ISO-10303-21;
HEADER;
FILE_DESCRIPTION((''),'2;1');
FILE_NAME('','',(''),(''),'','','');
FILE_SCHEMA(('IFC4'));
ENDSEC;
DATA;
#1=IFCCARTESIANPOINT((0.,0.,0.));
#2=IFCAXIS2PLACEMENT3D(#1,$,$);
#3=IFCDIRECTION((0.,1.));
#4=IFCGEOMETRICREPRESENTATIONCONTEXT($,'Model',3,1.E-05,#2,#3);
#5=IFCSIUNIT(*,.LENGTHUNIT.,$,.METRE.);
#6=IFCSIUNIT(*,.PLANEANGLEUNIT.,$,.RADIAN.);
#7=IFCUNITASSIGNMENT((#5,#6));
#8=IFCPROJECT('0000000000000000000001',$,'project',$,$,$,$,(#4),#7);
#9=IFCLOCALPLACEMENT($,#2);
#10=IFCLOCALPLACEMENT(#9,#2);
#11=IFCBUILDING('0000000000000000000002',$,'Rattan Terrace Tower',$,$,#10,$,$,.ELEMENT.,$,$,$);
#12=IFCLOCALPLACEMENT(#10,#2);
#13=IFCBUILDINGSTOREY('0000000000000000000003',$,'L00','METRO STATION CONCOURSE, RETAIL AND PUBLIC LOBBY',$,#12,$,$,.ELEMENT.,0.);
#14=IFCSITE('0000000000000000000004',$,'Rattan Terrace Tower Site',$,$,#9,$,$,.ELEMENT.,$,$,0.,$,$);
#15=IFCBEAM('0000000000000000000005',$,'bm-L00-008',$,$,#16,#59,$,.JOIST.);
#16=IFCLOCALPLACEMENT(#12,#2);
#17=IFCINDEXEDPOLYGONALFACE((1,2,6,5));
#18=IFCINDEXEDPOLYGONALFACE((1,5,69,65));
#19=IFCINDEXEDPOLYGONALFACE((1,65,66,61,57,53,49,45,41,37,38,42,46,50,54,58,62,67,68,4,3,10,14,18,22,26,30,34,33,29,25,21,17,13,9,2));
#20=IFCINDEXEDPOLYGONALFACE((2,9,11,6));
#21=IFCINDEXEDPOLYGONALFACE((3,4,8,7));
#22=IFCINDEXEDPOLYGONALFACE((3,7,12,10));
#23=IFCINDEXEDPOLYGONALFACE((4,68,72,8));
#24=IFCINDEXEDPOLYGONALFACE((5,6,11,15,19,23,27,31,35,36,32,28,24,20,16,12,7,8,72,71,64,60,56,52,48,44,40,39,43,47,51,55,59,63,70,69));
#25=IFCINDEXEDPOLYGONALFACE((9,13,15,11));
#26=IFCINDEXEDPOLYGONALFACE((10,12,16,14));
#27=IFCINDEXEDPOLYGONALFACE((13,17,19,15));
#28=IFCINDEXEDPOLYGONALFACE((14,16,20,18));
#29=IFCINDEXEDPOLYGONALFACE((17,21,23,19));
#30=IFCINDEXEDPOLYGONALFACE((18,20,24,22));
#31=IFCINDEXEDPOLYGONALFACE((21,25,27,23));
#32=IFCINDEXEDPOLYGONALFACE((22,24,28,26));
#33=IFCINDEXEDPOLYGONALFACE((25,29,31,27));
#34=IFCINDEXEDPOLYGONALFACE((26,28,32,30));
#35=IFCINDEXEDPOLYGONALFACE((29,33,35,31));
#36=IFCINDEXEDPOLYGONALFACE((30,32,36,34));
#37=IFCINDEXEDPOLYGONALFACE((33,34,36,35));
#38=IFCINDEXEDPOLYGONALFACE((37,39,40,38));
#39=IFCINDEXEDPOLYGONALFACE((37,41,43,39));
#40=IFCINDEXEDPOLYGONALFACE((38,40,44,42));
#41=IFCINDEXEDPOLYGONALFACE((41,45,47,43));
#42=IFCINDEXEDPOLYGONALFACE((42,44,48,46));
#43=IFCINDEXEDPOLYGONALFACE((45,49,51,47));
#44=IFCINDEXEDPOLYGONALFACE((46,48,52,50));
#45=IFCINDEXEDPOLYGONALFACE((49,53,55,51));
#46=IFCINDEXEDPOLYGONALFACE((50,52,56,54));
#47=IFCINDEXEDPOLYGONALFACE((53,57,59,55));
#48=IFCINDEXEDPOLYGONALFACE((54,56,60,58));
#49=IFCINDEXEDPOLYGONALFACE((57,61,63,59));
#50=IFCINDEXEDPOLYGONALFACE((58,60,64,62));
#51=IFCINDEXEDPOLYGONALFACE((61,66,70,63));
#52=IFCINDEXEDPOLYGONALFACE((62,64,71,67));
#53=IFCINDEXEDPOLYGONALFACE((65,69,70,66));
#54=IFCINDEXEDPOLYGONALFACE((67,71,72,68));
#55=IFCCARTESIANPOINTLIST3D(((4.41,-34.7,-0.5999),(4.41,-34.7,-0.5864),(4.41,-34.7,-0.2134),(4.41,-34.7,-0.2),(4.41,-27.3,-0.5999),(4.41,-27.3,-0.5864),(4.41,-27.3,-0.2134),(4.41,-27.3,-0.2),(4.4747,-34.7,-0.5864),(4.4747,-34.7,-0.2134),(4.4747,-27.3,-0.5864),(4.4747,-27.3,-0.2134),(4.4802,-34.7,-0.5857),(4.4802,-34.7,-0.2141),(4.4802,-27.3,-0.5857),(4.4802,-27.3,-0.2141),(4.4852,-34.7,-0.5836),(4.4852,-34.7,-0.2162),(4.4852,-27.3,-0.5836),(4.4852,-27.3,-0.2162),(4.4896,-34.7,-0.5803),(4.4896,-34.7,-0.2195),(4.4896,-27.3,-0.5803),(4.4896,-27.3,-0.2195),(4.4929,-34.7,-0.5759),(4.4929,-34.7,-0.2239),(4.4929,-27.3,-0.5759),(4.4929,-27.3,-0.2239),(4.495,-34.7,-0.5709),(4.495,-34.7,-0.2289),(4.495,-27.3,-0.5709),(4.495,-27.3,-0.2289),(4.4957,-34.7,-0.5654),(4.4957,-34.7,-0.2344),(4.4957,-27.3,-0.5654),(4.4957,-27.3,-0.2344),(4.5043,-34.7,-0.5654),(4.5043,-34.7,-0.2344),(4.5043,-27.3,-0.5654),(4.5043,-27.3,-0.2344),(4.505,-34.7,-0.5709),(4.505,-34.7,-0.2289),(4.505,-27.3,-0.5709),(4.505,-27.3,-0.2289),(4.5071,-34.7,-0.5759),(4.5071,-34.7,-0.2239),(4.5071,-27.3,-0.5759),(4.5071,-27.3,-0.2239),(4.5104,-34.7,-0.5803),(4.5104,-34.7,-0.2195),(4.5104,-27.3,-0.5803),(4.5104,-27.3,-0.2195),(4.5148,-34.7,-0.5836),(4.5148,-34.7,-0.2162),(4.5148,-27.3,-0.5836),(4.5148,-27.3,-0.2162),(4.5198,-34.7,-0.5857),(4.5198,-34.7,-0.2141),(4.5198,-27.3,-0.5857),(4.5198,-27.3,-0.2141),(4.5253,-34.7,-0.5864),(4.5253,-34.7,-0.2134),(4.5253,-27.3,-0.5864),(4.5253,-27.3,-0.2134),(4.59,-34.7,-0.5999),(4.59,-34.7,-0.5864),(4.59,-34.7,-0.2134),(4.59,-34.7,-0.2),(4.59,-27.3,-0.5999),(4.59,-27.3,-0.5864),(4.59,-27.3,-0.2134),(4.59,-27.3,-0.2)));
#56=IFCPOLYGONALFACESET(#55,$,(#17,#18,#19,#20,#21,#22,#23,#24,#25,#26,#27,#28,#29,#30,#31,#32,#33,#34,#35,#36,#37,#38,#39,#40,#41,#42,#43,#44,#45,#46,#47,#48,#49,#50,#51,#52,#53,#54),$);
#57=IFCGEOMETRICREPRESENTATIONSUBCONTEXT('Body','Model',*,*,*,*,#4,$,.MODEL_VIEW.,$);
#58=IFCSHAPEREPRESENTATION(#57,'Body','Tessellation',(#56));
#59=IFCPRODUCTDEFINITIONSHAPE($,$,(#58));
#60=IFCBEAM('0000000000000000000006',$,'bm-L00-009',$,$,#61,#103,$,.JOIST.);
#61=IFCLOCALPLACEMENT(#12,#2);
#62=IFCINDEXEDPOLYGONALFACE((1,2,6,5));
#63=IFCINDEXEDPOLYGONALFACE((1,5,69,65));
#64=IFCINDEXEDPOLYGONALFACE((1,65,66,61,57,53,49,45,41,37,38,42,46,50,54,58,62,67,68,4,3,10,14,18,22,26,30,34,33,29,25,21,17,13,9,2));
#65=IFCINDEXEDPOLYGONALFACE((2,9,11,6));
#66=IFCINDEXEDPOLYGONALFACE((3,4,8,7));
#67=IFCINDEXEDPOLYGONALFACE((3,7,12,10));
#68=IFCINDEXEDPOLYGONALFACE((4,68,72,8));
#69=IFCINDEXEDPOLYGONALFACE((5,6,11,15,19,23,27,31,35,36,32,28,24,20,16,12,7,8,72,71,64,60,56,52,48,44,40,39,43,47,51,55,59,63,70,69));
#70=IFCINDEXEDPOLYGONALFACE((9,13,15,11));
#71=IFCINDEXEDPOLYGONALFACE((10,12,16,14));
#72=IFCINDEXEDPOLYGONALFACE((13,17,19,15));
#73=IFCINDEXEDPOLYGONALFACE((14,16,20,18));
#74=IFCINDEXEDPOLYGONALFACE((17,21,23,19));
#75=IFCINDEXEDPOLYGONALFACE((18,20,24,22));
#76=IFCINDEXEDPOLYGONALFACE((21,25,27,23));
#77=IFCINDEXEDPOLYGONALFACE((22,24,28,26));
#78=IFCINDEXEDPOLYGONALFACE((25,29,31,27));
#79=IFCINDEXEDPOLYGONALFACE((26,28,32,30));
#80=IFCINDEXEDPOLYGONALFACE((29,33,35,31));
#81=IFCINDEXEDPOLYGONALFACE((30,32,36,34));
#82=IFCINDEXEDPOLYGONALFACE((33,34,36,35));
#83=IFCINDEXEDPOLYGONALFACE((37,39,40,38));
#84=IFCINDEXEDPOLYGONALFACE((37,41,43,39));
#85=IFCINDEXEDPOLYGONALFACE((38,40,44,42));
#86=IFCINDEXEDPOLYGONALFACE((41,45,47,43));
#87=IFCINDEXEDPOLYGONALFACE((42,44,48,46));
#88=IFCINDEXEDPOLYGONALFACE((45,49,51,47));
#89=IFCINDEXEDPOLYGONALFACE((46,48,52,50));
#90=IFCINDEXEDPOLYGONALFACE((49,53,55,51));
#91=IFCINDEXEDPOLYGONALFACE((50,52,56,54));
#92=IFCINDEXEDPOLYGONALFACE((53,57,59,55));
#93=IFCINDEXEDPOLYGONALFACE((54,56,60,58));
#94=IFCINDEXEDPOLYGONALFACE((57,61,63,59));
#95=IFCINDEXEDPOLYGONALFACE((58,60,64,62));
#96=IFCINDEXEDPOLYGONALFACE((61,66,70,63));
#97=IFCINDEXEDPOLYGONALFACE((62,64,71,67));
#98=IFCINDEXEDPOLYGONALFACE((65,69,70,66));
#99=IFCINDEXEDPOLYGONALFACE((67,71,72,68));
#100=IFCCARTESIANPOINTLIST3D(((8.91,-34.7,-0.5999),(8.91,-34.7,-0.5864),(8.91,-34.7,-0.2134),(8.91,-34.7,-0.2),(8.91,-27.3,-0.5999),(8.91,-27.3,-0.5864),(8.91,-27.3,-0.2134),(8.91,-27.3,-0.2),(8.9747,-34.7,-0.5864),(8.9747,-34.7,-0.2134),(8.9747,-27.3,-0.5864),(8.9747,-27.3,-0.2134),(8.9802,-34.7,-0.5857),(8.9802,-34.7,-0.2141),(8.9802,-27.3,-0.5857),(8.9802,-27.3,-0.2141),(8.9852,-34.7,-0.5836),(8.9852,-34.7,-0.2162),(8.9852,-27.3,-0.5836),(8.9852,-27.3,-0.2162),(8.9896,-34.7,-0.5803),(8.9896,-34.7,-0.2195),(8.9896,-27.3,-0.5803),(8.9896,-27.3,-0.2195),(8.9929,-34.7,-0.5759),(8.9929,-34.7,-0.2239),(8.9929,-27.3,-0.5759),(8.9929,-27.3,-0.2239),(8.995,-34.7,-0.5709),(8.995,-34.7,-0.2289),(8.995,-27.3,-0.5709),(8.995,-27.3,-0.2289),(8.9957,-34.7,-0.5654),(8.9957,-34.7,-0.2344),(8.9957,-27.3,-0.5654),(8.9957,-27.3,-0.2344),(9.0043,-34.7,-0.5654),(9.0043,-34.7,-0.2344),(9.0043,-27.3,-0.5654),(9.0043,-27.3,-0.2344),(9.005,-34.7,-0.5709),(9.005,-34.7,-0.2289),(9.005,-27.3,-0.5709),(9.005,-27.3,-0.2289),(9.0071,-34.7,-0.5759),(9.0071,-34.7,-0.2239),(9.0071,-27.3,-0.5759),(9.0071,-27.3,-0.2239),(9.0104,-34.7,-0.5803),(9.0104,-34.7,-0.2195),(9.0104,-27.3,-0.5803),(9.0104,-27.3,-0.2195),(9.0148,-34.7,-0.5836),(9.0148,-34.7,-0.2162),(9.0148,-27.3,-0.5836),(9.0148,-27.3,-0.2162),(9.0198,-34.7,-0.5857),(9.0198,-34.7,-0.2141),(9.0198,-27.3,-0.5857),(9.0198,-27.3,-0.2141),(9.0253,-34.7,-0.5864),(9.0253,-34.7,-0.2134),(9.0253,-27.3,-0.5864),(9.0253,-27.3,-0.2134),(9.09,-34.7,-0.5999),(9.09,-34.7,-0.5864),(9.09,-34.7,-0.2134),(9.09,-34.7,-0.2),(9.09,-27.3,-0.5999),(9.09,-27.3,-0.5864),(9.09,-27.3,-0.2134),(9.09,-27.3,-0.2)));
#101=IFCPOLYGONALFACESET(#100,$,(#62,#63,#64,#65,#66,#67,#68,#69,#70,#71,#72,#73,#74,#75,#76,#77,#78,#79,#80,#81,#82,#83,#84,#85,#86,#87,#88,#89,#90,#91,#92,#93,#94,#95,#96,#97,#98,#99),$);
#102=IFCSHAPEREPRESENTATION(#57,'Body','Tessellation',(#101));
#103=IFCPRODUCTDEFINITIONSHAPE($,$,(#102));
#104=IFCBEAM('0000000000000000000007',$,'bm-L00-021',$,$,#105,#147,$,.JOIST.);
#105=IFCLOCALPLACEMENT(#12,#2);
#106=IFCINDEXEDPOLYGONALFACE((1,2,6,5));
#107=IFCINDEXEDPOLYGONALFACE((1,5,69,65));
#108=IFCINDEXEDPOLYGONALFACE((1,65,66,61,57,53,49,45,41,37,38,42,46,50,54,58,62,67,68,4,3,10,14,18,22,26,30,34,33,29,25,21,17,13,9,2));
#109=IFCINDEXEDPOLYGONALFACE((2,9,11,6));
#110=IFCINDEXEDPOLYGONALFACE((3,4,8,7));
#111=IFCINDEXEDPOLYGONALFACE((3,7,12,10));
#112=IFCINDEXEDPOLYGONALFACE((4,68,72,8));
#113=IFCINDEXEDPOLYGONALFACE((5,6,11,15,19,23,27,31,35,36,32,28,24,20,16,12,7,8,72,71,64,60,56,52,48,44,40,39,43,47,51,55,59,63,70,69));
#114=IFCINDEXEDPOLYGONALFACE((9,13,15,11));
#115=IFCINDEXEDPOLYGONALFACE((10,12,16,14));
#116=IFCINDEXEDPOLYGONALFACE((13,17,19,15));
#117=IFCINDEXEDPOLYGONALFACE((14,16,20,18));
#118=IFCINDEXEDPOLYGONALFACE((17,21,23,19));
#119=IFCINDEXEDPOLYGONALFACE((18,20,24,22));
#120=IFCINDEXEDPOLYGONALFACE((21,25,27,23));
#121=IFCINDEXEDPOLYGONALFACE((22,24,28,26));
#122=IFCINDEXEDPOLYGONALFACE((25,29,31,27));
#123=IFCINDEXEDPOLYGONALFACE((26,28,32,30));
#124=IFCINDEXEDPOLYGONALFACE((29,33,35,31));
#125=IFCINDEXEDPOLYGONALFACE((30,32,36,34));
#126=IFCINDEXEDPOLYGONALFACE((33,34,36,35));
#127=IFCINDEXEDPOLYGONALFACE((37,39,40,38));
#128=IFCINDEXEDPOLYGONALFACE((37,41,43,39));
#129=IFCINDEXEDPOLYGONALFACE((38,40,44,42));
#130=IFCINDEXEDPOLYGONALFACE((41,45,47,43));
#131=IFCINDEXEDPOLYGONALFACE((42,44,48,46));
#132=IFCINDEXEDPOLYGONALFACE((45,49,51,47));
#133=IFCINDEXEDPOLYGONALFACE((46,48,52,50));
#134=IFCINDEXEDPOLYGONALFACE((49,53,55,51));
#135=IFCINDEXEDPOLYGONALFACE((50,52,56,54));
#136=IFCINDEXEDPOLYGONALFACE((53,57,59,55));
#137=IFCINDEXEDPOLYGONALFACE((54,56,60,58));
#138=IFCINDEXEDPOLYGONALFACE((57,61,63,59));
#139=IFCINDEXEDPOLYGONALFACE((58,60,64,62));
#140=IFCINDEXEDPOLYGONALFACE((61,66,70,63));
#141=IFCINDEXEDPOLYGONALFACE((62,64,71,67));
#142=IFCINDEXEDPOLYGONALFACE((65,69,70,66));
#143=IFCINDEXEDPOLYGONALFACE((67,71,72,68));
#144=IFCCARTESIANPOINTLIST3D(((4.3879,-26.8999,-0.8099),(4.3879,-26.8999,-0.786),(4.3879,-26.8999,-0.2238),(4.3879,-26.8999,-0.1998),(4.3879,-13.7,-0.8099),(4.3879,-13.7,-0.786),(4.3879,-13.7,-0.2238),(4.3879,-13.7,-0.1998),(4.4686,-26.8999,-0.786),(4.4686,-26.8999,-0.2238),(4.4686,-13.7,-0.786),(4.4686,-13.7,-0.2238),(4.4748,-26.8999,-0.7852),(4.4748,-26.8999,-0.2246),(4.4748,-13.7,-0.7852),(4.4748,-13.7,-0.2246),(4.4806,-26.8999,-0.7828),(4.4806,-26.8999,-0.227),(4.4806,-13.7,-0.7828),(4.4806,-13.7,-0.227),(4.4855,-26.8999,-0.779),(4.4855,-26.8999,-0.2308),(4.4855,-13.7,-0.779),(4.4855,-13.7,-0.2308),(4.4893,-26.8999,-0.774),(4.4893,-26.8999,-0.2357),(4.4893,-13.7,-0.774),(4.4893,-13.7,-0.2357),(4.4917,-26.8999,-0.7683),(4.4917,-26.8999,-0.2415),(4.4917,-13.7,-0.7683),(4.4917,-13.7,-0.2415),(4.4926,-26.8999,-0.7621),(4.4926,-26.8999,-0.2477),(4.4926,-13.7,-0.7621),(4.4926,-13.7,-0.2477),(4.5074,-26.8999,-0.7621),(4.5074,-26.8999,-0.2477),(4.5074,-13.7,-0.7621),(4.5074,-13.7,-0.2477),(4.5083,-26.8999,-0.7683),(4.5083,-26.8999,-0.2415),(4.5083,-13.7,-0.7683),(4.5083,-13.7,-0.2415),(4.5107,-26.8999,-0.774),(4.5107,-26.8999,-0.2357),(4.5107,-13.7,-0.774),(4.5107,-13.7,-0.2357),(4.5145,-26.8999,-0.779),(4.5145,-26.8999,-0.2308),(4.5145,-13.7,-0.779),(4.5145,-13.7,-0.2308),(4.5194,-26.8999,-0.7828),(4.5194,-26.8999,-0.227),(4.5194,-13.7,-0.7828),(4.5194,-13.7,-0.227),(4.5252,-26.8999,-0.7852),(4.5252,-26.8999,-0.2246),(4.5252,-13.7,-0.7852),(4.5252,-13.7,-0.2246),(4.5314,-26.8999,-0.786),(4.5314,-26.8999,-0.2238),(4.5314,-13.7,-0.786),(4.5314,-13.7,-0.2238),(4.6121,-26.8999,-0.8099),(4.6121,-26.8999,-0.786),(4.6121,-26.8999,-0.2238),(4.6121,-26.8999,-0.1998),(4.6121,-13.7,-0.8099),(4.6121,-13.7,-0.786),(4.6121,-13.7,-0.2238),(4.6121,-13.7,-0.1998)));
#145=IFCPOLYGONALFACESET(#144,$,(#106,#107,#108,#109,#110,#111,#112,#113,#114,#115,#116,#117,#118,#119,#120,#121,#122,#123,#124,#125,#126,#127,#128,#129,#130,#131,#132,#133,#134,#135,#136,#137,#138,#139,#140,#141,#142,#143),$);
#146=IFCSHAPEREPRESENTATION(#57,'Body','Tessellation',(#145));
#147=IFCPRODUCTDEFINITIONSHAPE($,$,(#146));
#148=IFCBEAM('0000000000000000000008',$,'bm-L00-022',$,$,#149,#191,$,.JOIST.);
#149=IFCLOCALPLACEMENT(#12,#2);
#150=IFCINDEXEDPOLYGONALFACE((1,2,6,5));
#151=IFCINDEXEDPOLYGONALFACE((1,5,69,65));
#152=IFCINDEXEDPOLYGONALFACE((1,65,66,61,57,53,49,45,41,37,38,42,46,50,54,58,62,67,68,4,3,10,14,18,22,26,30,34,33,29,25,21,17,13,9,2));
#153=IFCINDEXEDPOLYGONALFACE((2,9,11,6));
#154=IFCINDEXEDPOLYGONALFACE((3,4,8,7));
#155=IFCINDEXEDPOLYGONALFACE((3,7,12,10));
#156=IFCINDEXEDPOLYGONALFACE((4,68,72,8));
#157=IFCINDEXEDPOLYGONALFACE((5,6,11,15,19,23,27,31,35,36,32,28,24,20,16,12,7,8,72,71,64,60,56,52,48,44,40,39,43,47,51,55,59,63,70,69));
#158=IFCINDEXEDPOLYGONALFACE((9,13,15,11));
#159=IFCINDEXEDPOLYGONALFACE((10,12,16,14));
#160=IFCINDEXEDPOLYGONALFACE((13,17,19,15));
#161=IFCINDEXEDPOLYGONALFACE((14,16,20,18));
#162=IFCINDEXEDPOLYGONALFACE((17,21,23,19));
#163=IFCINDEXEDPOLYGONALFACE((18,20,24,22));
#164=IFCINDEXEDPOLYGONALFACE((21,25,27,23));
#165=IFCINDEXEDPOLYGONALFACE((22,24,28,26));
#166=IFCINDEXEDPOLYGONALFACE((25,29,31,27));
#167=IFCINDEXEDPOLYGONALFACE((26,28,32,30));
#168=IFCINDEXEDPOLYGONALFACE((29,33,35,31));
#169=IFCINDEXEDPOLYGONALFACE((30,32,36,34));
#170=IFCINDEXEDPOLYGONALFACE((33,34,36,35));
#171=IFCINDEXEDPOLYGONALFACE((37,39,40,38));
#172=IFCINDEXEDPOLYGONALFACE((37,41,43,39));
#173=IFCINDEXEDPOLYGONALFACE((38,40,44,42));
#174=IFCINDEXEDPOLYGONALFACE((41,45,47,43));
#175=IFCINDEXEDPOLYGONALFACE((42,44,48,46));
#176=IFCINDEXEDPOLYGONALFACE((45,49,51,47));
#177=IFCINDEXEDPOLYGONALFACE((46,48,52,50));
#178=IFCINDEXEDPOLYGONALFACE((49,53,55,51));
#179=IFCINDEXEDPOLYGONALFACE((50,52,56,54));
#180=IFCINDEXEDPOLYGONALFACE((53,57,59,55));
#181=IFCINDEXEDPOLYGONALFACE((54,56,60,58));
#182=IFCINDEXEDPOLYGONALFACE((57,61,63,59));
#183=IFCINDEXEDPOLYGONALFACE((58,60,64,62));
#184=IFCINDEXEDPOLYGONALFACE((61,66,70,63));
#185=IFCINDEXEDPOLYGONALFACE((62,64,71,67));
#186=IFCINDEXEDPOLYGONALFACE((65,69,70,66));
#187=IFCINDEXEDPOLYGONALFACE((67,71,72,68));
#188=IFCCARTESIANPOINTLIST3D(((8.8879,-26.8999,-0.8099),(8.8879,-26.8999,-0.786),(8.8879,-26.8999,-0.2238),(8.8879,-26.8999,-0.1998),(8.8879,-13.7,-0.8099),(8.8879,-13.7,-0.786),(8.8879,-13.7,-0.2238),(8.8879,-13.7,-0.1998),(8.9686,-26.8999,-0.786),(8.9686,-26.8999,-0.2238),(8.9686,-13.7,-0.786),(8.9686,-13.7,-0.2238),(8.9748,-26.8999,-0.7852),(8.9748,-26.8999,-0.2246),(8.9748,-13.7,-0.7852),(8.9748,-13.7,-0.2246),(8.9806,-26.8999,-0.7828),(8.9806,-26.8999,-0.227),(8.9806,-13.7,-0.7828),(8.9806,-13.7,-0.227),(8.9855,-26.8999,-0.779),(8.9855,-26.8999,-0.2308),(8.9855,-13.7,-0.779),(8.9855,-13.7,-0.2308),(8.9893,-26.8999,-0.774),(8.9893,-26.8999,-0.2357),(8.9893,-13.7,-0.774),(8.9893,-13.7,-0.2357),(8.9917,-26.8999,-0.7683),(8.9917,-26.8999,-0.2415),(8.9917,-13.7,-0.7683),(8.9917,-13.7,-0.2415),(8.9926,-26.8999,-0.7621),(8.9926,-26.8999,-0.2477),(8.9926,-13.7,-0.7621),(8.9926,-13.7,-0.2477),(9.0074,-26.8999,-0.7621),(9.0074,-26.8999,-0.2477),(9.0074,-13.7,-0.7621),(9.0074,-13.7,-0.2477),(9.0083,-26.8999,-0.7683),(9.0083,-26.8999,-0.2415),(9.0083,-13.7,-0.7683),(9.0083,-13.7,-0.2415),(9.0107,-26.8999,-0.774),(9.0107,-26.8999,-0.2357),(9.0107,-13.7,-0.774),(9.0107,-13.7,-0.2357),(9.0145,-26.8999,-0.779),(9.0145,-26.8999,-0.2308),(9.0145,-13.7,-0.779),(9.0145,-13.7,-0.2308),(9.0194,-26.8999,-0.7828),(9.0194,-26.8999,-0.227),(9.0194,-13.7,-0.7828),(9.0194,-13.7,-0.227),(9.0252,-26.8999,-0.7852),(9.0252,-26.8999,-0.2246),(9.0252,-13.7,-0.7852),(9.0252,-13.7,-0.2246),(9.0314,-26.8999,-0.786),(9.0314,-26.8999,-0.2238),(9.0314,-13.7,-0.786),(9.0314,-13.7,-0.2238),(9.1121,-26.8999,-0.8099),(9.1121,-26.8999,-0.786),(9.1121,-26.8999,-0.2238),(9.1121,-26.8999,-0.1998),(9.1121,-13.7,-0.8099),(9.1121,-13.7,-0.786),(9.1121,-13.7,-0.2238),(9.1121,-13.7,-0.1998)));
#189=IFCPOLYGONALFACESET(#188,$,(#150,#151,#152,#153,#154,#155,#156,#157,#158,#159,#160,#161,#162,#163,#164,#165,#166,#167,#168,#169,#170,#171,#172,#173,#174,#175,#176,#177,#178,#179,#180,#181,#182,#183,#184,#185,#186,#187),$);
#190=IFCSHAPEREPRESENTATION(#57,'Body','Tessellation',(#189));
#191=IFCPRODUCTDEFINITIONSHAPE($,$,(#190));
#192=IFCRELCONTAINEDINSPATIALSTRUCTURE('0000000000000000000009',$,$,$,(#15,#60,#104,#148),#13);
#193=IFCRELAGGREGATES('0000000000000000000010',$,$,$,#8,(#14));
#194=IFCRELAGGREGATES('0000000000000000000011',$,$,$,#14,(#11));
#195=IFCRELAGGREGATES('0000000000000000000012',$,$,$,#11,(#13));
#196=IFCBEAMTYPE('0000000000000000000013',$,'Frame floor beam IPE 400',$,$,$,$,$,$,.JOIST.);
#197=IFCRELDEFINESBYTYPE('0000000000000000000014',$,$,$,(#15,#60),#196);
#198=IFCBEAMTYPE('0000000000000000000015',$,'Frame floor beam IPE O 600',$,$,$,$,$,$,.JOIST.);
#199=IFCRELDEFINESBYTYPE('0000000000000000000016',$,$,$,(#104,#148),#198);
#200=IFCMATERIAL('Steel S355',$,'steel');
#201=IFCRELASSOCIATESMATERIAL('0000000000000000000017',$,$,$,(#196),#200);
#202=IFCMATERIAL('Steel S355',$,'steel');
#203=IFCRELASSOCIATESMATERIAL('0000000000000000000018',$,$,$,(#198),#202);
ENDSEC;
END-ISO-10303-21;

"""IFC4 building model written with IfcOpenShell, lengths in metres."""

from ifc_helpers import new_model, si_unit, direction, frame, origin, origin_2d, place, context, subcontext, project, spatial, i_section, extrude, material, material_profile, profile_set, type_object, element, save


model = new_model("IFC4")

# Units and contexts
model_context = context("Model", 3, precision=1e-05, world=origin(), true_north=direction((0.0, 1.0)))
body_context = subcontext(model_context, "Body", "Model", "MODEL_VIEW")
ifc_project = project(units=[si_unit("LENGTHUNIT", "METRE"), si_unit("PLANEANGLEUNIT", "RADIAN")], contexts=[model_context])

# Site, building, storey
site_placement = place(None, origin())
site = spatial("IfcSite", under=ifc_project, at=site_placement, Name="Rattan Terrace Tower Site", CompositionType="ELEMENT", RefElevation=0.0)
building_placement = place(site_placement, origin())
building = spatial("IfcBuilding", under=site, at=building_placement, Name="Rattan Terrace Tower", CompositionType="ELEMENT")
storey_placement = place(building_placement, origin())
storey = spatial("IfcBuildingStorey", under=building, at=storey_placement, Name="L00", Description="METRO STATION CONCOURSE, RETAIL AND PUBLIC LOBBY", CompositionType="ELEMENT", Elevation=0.0)

# Beams
ifc_material_1 = material(Name="Steel S355", Category="steel")
ifc_material_profile_1 = material_profile(ifc_material_1, i_section(OverallWidth=0.1799, OverallDepth=0.3999, WebThickness=0.0085, FlangeThickness=0.0134, FilletRadius=0.021, at=origin_2d()), Name="IPE 400")
ifc_profile_set_1 = profile_set([ifc_material_profile_1], Name="Steel S355")
beam_type_1 = type_object("IfcBeamType", Name="Frame floor beam IPE 400", PredefinedType="JOIST", material=ifc_profile_set_1)
for number, where, z_axis, x_axis, name in (
    (1, (4.5, -34.7, -0.3999), (0.0, 1.0, 0.0), (-1.0, 0.0, 0.0), "bm-L00-008"),
    (2, (9.0, -34.7, -0.3999), (0.0, 1.0, 0.0), (-1.0, 0.0, 0.0), "bm-L00-009"),
):
    element("IfcBeam", number, at=place(storey_placement, frame(where, z_axis=z_axis, x_axis=x_axis)), inside=storey, type_object=beam_type_1, Name=name, PredefinedType="JOIST", context=body_context, shape_type="SweptSolid", body=[
        extrude(i_section(OverallWidth=0.1799, OverallDepth=0.3999, WebThickness=0.0085, FlangeThickness=0.0134, FilletRadius=0.021, at=origin_2d()), origin(), (0.0, 0.0, 1.0), 7.3999),
    ])
ifc_material_2 = material(Name="Steel S355", Category="steel")
ifc_material_profile_2 = material_profile(ifc_material_2, i_section(OverallWidth=0.2241, OverallDepth=0.6101, WebThickness=0.0149, FlangeThickness=0.0239, FilletRadius=0.0239, at=origin_2d()), Name="IPE O 600")
ifc_profile_set_2 = profile_set([ifc_material_profile_2], Name="Steel S355")
beam_type_2 = type_object("IfcBeamType", Name="Frame floor beam IPE O 600", PredefinedType="JOIST", material=ifc_profile_set_2)
for number, where, z_axis, x_axis, name in (
    (3, (4.5, -26.8999, -0.5049), (0.0, 1.0, 0.0), (-1.0, 0.0, 0.0), "bm-L00-021"),
    (4, (9.0, -26.8999, -0.5049), (0.0, 1.0, 0.0), (-1.0, 0.0, 0.0), "bm-L00-022"),
):
    element("IfcBeam", number, at=place(storey_placement, frame(where, z_axis=z_axis, x_axis=x_axis)), inside=storey, type_object=beam_type_2, Name=name, PredefinedType="JOIST", context=body_context, shape_type="SweptSolid", body=[
        extrude(i_section(OverallWidth=0.2241, OverallDepth=0.6101, WebThickness=0.0149, FlangeThickness=0.0239, FilletRadius=0.0239, at=origin_2d()), origin(), (0.0, 0.0, 1.0), 13.2),
    ])

save(model, "model.ifc")
